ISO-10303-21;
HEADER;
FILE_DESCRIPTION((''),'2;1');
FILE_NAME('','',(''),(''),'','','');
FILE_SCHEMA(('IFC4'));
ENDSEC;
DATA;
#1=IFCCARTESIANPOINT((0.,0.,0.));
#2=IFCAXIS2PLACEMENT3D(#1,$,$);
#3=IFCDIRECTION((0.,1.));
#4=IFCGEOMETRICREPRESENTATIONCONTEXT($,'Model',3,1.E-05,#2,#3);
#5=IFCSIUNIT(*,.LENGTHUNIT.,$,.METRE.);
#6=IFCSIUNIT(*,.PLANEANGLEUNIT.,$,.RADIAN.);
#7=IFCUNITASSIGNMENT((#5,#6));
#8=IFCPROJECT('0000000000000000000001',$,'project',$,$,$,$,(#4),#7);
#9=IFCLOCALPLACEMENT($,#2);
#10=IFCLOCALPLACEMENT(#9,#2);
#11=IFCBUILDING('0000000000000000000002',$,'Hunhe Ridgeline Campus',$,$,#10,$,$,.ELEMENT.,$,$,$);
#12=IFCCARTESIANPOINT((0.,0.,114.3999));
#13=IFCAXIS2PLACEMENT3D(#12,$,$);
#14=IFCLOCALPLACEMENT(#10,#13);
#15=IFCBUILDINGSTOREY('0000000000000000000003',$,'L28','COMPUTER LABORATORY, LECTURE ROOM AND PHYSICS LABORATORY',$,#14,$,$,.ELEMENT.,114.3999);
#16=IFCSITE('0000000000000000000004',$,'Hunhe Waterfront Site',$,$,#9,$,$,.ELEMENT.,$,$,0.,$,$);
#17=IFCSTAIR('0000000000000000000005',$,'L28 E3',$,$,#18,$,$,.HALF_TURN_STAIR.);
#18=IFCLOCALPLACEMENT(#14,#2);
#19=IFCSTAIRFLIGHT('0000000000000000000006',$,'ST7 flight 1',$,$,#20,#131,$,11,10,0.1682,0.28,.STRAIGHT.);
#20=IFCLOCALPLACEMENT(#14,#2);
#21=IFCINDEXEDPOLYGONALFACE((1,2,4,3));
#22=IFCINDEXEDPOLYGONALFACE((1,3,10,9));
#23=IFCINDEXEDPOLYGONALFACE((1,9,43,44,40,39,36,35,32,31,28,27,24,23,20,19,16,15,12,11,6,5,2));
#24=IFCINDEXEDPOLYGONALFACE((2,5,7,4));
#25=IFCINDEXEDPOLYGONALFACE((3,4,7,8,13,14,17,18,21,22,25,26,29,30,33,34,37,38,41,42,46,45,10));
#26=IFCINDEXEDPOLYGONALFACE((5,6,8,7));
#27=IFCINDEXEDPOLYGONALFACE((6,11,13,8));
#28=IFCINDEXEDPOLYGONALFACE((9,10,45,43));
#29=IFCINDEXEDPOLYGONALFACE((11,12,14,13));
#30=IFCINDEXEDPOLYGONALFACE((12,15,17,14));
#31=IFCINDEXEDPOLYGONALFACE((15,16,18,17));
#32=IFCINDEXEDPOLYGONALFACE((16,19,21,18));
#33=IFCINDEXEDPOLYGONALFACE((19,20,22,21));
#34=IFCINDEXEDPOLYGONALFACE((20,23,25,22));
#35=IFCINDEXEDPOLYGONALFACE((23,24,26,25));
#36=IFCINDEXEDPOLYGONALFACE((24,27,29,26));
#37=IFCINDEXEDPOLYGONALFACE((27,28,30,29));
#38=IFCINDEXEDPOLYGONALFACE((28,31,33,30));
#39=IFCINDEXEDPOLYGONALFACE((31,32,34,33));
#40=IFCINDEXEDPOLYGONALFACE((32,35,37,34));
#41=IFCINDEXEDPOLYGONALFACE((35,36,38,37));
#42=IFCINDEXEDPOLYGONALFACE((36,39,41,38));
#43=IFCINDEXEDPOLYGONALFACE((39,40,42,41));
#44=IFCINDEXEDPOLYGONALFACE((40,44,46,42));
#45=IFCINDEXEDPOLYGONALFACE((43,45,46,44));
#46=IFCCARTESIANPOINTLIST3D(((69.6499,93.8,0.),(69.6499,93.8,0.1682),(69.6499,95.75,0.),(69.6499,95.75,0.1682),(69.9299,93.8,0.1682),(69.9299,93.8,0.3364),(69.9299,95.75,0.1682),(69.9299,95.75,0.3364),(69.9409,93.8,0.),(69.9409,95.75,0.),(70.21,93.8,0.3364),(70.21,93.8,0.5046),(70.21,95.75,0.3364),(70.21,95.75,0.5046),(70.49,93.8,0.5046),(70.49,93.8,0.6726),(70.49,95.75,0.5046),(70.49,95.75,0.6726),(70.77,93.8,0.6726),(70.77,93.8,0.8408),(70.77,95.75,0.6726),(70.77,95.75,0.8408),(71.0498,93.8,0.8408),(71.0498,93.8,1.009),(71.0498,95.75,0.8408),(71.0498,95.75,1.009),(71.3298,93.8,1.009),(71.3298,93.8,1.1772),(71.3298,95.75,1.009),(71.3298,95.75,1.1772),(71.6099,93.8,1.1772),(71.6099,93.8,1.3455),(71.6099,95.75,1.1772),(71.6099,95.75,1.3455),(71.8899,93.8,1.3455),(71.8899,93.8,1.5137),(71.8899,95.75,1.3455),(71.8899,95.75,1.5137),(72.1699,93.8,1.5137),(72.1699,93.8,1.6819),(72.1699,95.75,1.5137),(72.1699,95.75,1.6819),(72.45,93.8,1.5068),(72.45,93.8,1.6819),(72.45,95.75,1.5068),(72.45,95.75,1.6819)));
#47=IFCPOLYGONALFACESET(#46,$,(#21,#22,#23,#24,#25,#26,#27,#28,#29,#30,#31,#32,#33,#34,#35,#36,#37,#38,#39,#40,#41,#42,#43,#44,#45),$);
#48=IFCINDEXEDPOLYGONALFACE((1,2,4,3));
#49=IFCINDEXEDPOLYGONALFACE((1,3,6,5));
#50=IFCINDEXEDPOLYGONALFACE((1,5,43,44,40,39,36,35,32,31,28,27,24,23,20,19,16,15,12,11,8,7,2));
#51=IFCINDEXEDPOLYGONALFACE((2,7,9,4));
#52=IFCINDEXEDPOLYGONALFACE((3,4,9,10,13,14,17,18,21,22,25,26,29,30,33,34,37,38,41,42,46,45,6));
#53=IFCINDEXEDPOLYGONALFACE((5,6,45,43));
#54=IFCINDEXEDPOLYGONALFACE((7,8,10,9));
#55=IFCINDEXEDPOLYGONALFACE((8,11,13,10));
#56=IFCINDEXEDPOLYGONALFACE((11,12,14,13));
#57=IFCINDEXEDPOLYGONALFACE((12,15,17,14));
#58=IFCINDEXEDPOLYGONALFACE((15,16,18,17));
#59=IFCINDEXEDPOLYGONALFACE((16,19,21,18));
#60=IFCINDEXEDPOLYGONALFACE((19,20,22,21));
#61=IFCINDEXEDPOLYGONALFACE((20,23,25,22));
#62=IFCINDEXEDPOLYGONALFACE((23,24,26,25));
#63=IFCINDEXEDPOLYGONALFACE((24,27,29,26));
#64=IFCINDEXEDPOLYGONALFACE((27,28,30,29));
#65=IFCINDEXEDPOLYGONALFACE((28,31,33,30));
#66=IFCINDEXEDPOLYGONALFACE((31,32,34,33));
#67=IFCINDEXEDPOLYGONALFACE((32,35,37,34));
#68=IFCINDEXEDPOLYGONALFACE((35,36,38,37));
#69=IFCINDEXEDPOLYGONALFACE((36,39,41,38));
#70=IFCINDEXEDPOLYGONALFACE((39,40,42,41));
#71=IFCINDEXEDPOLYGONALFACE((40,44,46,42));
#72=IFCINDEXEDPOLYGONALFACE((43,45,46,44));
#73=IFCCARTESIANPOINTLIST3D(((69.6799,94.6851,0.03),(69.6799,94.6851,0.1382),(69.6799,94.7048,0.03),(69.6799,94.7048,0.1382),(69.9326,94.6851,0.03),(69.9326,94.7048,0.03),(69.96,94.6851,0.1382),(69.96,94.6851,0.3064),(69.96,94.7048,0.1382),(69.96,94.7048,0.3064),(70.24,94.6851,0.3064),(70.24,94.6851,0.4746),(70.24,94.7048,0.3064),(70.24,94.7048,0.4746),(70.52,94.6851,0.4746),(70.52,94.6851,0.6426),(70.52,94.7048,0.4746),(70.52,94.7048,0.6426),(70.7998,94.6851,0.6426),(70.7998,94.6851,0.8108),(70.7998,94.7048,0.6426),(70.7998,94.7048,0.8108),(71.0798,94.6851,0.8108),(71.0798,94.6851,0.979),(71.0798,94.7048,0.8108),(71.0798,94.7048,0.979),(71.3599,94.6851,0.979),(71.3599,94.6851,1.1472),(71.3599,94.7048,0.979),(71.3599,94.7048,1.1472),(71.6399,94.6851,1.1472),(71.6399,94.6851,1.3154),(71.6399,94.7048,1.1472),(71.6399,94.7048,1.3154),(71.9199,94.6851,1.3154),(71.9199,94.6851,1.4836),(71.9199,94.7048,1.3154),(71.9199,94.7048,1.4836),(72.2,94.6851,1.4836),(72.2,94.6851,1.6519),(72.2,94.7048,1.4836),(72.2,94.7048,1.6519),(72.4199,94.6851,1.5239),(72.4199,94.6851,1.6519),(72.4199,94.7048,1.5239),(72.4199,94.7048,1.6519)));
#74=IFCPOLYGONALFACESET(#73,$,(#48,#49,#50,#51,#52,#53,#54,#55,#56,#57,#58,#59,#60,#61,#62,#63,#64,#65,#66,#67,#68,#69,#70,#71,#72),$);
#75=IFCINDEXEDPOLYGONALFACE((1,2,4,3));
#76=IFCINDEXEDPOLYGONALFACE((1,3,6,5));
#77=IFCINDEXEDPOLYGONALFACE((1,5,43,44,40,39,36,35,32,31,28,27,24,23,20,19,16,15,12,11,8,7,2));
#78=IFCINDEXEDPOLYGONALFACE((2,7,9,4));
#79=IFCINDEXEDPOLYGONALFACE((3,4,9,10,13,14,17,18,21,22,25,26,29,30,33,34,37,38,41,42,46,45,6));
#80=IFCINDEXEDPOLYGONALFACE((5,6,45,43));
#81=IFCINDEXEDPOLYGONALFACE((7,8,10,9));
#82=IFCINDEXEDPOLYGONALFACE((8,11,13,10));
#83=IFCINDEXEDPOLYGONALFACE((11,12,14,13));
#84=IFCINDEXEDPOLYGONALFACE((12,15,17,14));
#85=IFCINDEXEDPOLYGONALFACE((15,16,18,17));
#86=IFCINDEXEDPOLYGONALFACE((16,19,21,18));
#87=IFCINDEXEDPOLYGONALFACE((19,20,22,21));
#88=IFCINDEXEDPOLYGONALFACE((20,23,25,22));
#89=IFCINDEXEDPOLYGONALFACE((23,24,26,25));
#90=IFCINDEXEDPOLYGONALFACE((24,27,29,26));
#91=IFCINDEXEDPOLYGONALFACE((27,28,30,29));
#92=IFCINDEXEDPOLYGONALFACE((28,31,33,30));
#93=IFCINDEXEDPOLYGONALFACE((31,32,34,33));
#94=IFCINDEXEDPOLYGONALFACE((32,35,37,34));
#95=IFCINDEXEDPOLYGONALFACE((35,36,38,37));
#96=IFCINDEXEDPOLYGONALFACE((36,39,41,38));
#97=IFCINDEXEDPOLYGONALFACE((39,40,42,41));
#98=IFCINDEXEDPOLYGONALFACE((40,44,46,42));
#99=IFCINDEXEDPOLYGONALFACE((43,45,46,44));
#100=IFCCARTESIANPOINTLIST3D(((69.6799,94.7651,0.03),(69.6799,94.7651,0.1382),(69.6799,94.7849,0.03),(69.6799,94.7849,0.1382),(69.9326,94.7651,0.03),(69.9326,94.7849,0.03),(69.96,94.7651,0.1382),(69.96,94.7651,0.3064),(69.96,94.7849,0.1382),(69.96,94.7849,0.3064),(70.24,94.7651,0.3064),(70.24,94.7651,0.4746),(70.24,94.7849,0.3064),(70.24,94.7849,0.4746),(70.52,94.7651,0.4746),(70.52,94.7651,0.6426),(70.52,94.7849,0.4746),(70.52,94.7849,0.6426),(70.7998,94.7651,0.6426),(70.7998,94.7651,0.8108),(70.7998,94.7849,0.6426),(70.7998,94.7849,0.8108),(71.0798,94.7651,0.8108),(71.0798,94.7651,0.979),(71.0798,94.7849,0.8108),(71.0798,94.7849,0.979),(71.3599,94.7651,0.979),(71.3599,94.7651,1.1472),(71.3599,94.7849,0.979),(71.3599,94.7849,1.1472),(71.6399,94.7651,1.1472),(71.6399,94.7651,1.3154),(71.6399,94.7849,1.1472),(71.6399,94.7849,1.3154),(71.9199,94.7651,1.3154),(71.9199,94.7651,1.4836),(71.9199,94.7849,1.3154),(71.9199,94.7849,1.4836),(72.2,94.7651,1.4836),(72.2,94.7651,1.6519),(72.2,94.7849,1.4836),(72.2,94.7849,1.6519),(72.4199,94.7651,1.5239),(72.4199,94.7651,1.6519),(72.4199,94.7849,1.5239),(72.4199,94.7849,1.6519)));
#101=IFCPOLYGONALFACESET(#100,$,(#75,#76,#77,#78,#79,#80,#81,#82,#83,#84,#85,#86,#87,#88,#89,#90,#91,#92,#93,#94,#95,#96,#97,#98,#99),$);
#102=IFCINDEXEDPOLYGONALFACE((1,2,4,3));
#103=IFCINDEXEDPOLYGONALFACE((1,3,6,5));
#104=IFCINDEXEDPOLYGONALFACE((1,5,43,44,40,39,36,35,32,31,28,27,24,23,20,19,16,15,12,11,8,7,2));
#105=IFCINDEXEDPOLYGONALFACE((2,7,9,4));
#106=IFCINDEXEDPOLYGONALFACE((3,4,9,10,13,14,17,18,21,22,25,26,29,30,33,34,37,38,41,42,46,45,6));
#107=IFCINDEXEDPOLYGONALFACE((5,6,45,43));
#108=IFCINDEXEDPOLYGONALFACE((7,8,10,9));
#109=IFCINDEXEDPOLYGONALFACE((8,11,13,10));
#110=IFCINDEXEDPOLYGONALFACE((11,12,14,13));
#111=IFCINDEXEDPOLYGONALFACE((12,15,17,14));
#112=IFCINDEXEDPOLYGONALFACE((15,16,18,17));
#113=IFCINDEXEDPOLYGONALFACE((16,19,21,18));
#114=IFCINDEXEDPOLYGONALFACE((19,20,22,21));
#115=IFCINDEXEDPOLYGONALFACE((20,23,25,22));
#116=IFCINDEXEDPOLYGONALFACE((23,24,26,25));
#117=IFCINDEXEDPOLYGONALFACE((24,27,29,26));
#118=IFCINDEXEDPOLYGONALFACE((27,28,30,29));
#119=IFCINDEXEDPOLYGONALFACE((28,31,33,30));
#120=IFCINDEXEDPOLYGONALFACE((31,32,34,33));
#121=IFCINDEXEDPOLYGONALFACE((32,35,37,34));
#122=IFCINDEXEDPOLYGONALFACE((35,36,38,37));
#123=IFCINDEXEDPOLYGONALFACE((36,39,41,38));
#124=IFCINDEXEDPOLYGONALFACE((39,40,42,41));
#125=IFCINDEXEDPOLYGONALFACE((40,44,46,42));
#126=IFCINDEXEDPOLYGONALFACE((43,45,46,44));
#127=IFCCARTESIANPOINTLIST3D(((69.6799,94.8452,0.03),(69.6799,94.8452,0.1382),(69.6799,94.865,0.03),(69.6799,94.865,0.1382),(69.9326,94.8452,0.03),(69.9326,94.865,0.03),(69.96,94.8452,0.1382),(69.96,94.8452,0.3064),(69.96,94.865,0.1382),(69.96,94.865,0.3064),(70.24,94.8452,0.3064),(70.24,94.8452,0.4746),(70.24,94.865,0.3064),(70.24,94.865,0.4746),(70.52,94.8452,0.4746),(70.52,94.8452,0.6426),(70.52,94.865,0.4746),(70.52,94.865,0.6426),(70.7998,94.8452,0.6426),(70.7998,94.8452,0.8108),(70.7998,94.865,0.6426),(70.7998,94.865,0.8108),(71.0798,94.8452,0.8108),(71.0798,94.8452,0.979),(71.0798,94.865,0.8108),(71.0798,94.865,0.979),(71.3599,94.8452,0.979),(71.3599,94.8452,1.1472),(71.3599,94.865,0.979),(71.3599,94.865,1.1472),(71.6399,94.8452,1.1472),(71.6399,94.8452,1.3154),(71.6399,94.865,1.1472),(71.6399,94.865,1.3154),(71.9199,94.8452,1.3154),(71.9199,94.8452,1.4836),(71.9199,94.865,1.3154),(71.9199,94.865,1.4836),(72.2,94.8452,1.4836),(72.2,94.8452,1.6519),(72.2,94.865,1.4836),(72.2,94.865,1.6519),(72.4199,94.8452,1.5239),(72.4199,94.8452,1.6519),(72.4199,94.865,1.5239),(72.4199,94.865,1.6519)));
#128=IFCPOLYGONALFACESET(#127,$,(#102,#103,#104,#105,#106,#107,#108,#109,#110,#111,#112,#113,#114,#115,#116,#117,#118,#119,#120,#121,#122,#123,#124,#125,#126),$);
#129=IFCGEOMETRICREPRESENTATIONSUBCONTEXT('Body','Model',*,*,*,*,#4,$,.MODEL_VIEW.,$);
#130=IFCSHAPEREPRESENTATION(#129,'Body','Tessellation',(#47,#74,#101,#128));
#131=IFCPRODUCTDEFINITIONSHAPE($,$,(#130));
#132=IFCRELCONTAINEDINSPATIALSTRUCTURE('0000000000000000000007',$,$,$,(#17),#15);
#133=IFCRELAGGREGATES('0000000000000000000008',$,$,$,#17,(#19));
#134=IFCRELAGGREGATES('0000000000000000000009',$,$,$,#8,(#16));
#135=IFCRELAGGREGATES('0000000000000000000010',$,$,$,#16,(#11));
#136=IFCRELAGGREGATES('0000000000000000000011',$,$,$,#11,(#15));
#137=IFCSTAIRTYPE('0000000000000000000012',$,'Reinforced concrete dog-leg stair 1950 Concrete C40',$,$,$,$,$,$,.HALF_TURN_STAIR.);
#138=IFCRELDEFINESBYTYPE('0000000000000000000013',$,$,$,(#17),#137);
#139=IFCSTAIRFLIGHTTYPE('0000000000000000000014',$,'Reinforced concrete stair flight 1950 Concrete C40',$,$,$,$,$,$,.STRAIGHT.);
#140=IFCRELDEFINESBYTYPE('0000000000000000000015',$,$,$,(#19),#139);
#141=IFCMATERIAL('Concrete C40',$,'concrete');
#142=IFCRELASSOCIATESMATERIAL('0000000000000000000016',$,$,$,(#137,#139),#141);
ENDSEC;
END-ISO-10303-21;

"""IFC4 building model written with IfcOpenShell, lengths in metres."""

from ifc_helpers import new_model, si_unit, direction, frame, origin, place, context, subcontext, project, spatial, polyline, outline, extrude, material, type_object, element, aggregate, save


model = new_model("IFC4")

# Units and contexts
model_context = context("Model", 3, precision=1e-05, world=origin(), true_north=direction((0.0, 1.0)))
body_context = subcontext(model_context, "Body", "Model", "MODEL_VIEW")
ifc_project = project(units=[si_unit("LENGTHUNIT", "METRE"), si_unit("PLANEANGLEUNIT", "RADIAN")], contexts=[model_context])

# Site, building, storey
site_placement = place(None, origin())
site = spatial("IfcSite", under=ifc_project, at=site_placement, Name="Hunhe Waterfront Site", CompositionType="ELEMENT", RefElevation=0.0)
building_placement = place(site_placement, origin())
building = spatial("IfcBuilding", under=site, at=building_placement, Name="Hunhe Ridgeline Campus", CompositionType="ELEMENT")
storey_placement = place(building_placement, frame((0.0, 0.0, 114.3999)))
storey = spatial("IfcBuildingStorey", under=building, at=storey_placement, Name="L28", Description="COMPUTER LABORATORY, LECTURE ROOM AND PHYSICS LABORATORY", CompositionType="ELEMENT", Elevation=114.3999)

# Shared definitions
ifc_material_1 = material(Name="Concrete C40", Category="concrete")
stair_type = type_object("IfcStairType", Name="Reinforced concrete dog-leg stair 1950 Concrete C40", PredefinedType="HALF_TURN_STAIR", material=ifc_material_1)
stair_flight_type = type_object("IfcStairFlightType", Name="Reinforced concrete stair flight 1950 Concrete C40", PredefinedType="STRAIGHT", material=ifc_material_1)

# Stair, stair flight
stair_1_placement = place(storey_placement, origin())
stair_1 = element("IfcStair", 1, at=stair_1_placement, inside=storey, type_object=stair_type, Name="L28 E3", PredefinedType="HALF_TURN_STAIR")
stair_flight_1_placement = place(storey_placement, frame((69.6499, 94.7749, 0.0), z_axis=(0.0, 0.0, 1.0), x_axis=(1.0, 0.0, 0.0)))
stair_flight_1 = element("IfcStairFlight", 2, at=stair_flight_1_placement, type_object=stair_flight_type, Name="ST7 flight 1", NumberOfRisers=11, NumberOfTreads=10, PredefinedType="STRAIGHT", RiserHeight=0.1682, TreadLength=0.28, context=body_context, shape_type="SweptSolid", body=[
    extrude(outline(polyline([(0.0, 0.0), (0.0, 0.1682), (0.28, 0.1682), (0.28, 0.3364), (0.5601, 0.3364), (0.5601, 0.5046), (0.8401, 0.5046), (0.8401, 0.6726), (1.1201, 0.6726), (1.1201, 0.8408), (1.3999, 0.8408), (1.3999, 1.009), (1.6799, 1.009), (1.6799, 1.1772), (1.96, 1.1772), (1.96, 1.3455), (2.24, 1.3455), (2.24, 1.5137), (2.52, 1.5137), (2.52, 1.6819), (2.8, 1.6819), (2.8, 1.8501), (2.8, 1.5068), (0.291, 0.0), (0.0, 0.0)])), frame((0.0, 0.9751, 0.0), z_axis=(0.0, -1.0, 0.0), x_axis=(1.0, 0.0, 0.0)), (0.0, 0.0, 1.0), 1.95),
    extrude(outline(polyline([(0.03, 0.03), (0.03, 0.1382), (0.3101, 0.1382), (0.3101, 0.3064), (0.5901, 0.3064), (0.5901, 0.4746), (0.8701, 0.4746), (0.8701, 0.6426), (1.1499, 0.6426), (1.1499, 0.8108), (1.4299, 0.8108), (1.4299, 0.979), (1.71, 0.979), (1.71, 1.1472), (1.99, 1.1472), (1.99, 1.3154), (2.27, 1.3154), (2.27, 1.4836), (2.55, 1.4836), (2.55, 1.6519), (2.77, 1.6519), (2.77, 1.5239), (0.2827, 0.03), (0.03, 0.03)])), frame((0.0, -0.0701, 0.0), z_axis=(0.0, -1.0, 0.0), x_axis=(1.0, 0.0, 0.0)), (0.0, 0.0, 1.0), 0.0198),
    extrude(outline(polyline([(0.03, 0.03), (0.03, 0.1382), (0.3101, 0.1382), (0.3101, 0.3064), (0.5901, 0.3064), (0.5901, 0.4746), (0.8701, 0.4746), (0.8701, 0.6426), (1.1499, 0.6426), (1.1499, 0.8108), (1.4299, 0.8108), (1.4299, 0.979), (1.71, 0.979), (1.71, 1.1472), (1.99, 1.1472), (1.99, 1.3154), (2.27, 1.3154), (2.27, 1.4836), (2.55, 1.4836), (2.55, 1.6519), (2.77, 1.6519), (2.77, 1.5239), (0.2827, 0.03), (0.03, 0.03)])), frame((0.0, 0.01, 0.0), z_axis=(0.0, -1.0, 0.0), x_axis=(1.0, 0.0, 0.0)), (0.0, 0.0, 1.0), 0.0198),
    extrude(outline(polyline([(0.03, 0.03), (0.03, 0.1382), (0.3101, 0.1382), (0.3101, 0.3064), (0.5901, 0.3064), (0.5901, 0.4746), (0.8701, 0.4746), (0.8701, 0.6426), (1.1499, 0.6426), (1.1499, 0.8108), (1.4299, 0.8108), (1.4299, 0.979), (1.71, 0.979), (1.71, 1.1472), (1.99, 1.1472), (1.99, 1.3154), (2.27, 1.3154), (2.27, 1.4836), (2.55, 1.4836), (2.55, 1.6519), (2.77, 1.6519), (2.77, 1.5239), (0.2827, 0.03), (0.03, 0.03)])), frame((0.0, 0.0901, 0.0), z_axis=(0.0, -1.0, 0.0), x_axis=(1.0, 0.0, 0.0)), (0.0, 0.0, 1.0), 0.0198),
])
aggregate(stair_1, [stair_flight_1])

save(model, "model.ifc")
